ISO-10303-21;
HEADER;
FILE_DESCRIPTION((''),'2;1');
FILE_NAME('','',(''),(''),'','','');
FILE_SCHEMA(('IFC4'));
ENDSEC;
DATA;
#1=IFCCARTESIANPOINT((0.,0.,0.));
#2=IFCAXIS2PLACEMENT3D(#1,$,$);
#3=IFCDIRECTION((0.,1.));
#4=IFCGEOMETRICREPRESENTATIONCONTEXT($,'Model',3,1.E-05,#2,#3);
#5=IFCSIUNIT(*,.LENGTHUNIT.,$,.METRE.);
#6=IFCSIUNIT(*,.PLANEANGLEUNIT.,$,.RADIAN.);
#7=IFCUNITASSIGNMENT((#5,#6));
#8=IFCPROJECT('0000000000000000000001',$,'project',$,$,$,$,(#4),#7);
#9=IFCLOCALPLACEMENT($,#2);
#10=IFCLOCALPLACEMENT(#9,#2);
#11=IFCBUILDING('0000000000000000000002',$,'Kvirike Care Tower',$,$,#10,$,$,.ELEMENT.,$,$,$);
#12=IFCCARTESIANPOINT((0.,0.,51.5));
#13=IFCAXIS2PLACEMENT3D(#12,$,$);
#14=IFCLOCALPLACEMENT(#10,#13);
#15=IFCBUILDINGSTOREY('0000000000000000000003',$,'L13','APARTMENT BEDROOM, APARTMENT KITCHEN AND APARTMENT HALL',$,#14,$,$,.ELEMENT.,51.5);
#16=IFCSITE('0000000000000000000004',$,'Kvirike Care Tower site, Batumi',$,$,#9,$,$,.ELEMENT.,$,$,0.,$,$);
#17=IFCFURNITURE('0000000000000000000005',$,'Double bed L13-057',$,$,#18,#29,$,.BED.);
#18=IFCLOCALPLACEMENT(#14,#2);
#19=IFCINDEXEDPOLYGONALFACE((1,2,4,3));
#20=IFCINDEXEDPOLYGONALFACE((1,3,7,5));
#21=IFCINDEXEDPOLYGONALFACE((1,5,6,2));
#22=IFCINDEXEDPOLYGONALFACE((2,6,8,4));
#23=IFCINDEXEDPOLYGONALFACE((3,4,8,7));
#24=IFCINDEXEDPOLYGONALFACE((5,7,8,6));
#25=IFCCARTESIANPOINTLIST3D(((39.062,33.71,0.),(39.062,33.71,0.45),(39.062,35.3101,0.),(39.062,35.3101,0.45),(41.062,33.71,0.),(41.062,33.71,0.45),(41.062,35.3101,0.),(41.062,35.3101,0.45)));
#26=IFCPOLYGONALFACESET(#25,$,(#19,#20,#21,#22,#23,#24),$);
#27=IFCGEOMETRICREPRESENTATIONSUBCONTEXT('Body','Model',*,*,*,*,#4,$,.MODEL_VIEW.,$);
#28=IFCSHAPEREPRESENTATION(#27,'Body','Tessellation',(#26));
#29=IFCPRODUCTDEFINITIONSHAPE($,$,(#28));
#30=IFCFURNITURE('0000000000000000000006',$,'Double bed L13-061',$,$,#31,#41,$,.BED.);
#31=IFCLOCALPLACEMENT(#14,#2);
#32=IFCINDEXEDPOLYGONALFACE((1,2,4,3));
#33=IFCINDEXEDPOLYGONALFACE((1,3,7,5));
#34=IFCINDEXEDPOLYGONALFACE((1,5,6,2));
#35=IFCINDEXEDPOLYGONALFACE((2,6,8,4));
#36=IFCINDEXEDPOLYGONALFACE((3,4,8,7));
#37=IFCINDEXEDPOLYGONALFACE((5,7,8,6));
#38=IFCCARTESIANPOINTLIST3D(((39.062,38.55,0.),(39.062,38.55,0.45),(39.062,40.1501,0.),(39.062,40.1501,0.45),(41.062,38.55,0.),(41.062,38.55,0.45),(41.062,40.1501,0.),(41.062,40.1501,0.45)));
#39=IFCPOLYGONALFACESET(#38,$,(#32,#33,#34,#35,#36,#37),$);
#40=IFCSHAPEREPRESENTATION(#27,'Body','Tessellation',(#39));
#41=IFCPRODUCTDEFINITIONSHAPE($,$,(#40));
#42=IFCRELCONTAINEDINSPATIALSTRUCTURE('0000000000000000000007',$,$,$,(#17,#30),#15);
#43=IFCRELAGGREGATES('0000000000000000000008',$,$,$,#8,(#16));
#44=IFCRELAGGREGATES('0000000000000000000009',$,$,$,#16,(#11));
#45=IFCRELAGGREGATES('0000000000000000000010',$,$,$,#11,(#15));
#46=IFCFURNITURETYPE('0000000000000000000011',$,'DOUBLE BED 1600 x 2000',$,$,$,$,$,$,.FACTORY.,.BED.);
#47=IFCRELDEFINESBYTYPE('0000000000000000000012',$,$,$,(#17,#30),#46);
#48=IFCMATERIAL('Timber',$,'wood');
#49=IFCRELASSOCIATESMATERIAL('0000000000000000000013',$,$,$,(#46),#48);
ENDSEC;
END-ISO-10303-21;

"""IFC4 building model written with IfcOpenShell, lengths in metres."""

from ifc_helpers import new_model, si_unit, direction, frame, origin, origin_2d, place, context, subcontext, project, spatial, rectangle, extrude, material, type_object, element, save


model = new_model("IFC4")

# Units and contexts
model_context = context("Model", 3, precision=1e-05, world=origin(), true_north=direction((0.0, 1.0)))
body_context = subcontext(model_context, "Body", "Model", "MODEL_VIEW")
ifc_project = project(units=[si_unit("LENGTHUNIT", "METRE"), si_unit("PLANEANGLEUNIT", "RADIAN")], contexts=[model_context])

# Site, building, storey
site_placement = place(None, origin())
site = spatial("IfcSite", under=ifc_project, at=site_placement, Name="Kvirike Care Tower site, Batumi", CompositionType="ELEMENT", RefElevation=0.0)
building_placement = place(site_placement, origin())
building = spatial("IfcBuilding", under=site, at=building_placement, Name="Kvirike Care Tower", CompositionType="ELEMENT")
storey_placement = place(building_placement, frame((0.0, 0.0, 51.5)))
storey = spatial("IfcBuildingStorey", under=building, at=storey_placement, Name="L13", Description="APARTMENT BEDROOM, APARTMENT KITCHEN AND APARTMENT HALL", CompositionType="ELEMENT", Elevation=51.5)

# Furniture
ifc_material_1 = material(Name="Timber", Category="wood")
furniture_type = type_object("IfcFurnitureType", Name="DOUBLE BED 1600 x 2000", AssemblyPlace="FACTORY", PredefinedType="BED", material=ifc_material_1)
for number, where, z_axis, x_axis, name in (
    (1, (40.062, 34.51, 0.0), (0.0, 0.0, 1.0), (0.0, 1.0, 0.0), "Double bed L13-057"),
    (2, (40.062, 39.3501, 0.0), (0.0, 0.0, 1.0), (0.0, 1.0, 0.0), "Double bed L13-061"),
):
    element("IfcFurniture", number, at=place(storey_placement, frame(where, z_axis=z_axis, x_axis=x_axis)), inside=storey, type_object=furniture_type, Name=name, PredefinedType="BED", context=body_context, shape_type="SweptSolid", body=[
        extrude(rectangle(XDim=1.6001, YDim=2.0, at=origin_2d()), origin(), (0.0, 0.0, 1.0), 0.45),
    ])

save(model, "model.ifc")
